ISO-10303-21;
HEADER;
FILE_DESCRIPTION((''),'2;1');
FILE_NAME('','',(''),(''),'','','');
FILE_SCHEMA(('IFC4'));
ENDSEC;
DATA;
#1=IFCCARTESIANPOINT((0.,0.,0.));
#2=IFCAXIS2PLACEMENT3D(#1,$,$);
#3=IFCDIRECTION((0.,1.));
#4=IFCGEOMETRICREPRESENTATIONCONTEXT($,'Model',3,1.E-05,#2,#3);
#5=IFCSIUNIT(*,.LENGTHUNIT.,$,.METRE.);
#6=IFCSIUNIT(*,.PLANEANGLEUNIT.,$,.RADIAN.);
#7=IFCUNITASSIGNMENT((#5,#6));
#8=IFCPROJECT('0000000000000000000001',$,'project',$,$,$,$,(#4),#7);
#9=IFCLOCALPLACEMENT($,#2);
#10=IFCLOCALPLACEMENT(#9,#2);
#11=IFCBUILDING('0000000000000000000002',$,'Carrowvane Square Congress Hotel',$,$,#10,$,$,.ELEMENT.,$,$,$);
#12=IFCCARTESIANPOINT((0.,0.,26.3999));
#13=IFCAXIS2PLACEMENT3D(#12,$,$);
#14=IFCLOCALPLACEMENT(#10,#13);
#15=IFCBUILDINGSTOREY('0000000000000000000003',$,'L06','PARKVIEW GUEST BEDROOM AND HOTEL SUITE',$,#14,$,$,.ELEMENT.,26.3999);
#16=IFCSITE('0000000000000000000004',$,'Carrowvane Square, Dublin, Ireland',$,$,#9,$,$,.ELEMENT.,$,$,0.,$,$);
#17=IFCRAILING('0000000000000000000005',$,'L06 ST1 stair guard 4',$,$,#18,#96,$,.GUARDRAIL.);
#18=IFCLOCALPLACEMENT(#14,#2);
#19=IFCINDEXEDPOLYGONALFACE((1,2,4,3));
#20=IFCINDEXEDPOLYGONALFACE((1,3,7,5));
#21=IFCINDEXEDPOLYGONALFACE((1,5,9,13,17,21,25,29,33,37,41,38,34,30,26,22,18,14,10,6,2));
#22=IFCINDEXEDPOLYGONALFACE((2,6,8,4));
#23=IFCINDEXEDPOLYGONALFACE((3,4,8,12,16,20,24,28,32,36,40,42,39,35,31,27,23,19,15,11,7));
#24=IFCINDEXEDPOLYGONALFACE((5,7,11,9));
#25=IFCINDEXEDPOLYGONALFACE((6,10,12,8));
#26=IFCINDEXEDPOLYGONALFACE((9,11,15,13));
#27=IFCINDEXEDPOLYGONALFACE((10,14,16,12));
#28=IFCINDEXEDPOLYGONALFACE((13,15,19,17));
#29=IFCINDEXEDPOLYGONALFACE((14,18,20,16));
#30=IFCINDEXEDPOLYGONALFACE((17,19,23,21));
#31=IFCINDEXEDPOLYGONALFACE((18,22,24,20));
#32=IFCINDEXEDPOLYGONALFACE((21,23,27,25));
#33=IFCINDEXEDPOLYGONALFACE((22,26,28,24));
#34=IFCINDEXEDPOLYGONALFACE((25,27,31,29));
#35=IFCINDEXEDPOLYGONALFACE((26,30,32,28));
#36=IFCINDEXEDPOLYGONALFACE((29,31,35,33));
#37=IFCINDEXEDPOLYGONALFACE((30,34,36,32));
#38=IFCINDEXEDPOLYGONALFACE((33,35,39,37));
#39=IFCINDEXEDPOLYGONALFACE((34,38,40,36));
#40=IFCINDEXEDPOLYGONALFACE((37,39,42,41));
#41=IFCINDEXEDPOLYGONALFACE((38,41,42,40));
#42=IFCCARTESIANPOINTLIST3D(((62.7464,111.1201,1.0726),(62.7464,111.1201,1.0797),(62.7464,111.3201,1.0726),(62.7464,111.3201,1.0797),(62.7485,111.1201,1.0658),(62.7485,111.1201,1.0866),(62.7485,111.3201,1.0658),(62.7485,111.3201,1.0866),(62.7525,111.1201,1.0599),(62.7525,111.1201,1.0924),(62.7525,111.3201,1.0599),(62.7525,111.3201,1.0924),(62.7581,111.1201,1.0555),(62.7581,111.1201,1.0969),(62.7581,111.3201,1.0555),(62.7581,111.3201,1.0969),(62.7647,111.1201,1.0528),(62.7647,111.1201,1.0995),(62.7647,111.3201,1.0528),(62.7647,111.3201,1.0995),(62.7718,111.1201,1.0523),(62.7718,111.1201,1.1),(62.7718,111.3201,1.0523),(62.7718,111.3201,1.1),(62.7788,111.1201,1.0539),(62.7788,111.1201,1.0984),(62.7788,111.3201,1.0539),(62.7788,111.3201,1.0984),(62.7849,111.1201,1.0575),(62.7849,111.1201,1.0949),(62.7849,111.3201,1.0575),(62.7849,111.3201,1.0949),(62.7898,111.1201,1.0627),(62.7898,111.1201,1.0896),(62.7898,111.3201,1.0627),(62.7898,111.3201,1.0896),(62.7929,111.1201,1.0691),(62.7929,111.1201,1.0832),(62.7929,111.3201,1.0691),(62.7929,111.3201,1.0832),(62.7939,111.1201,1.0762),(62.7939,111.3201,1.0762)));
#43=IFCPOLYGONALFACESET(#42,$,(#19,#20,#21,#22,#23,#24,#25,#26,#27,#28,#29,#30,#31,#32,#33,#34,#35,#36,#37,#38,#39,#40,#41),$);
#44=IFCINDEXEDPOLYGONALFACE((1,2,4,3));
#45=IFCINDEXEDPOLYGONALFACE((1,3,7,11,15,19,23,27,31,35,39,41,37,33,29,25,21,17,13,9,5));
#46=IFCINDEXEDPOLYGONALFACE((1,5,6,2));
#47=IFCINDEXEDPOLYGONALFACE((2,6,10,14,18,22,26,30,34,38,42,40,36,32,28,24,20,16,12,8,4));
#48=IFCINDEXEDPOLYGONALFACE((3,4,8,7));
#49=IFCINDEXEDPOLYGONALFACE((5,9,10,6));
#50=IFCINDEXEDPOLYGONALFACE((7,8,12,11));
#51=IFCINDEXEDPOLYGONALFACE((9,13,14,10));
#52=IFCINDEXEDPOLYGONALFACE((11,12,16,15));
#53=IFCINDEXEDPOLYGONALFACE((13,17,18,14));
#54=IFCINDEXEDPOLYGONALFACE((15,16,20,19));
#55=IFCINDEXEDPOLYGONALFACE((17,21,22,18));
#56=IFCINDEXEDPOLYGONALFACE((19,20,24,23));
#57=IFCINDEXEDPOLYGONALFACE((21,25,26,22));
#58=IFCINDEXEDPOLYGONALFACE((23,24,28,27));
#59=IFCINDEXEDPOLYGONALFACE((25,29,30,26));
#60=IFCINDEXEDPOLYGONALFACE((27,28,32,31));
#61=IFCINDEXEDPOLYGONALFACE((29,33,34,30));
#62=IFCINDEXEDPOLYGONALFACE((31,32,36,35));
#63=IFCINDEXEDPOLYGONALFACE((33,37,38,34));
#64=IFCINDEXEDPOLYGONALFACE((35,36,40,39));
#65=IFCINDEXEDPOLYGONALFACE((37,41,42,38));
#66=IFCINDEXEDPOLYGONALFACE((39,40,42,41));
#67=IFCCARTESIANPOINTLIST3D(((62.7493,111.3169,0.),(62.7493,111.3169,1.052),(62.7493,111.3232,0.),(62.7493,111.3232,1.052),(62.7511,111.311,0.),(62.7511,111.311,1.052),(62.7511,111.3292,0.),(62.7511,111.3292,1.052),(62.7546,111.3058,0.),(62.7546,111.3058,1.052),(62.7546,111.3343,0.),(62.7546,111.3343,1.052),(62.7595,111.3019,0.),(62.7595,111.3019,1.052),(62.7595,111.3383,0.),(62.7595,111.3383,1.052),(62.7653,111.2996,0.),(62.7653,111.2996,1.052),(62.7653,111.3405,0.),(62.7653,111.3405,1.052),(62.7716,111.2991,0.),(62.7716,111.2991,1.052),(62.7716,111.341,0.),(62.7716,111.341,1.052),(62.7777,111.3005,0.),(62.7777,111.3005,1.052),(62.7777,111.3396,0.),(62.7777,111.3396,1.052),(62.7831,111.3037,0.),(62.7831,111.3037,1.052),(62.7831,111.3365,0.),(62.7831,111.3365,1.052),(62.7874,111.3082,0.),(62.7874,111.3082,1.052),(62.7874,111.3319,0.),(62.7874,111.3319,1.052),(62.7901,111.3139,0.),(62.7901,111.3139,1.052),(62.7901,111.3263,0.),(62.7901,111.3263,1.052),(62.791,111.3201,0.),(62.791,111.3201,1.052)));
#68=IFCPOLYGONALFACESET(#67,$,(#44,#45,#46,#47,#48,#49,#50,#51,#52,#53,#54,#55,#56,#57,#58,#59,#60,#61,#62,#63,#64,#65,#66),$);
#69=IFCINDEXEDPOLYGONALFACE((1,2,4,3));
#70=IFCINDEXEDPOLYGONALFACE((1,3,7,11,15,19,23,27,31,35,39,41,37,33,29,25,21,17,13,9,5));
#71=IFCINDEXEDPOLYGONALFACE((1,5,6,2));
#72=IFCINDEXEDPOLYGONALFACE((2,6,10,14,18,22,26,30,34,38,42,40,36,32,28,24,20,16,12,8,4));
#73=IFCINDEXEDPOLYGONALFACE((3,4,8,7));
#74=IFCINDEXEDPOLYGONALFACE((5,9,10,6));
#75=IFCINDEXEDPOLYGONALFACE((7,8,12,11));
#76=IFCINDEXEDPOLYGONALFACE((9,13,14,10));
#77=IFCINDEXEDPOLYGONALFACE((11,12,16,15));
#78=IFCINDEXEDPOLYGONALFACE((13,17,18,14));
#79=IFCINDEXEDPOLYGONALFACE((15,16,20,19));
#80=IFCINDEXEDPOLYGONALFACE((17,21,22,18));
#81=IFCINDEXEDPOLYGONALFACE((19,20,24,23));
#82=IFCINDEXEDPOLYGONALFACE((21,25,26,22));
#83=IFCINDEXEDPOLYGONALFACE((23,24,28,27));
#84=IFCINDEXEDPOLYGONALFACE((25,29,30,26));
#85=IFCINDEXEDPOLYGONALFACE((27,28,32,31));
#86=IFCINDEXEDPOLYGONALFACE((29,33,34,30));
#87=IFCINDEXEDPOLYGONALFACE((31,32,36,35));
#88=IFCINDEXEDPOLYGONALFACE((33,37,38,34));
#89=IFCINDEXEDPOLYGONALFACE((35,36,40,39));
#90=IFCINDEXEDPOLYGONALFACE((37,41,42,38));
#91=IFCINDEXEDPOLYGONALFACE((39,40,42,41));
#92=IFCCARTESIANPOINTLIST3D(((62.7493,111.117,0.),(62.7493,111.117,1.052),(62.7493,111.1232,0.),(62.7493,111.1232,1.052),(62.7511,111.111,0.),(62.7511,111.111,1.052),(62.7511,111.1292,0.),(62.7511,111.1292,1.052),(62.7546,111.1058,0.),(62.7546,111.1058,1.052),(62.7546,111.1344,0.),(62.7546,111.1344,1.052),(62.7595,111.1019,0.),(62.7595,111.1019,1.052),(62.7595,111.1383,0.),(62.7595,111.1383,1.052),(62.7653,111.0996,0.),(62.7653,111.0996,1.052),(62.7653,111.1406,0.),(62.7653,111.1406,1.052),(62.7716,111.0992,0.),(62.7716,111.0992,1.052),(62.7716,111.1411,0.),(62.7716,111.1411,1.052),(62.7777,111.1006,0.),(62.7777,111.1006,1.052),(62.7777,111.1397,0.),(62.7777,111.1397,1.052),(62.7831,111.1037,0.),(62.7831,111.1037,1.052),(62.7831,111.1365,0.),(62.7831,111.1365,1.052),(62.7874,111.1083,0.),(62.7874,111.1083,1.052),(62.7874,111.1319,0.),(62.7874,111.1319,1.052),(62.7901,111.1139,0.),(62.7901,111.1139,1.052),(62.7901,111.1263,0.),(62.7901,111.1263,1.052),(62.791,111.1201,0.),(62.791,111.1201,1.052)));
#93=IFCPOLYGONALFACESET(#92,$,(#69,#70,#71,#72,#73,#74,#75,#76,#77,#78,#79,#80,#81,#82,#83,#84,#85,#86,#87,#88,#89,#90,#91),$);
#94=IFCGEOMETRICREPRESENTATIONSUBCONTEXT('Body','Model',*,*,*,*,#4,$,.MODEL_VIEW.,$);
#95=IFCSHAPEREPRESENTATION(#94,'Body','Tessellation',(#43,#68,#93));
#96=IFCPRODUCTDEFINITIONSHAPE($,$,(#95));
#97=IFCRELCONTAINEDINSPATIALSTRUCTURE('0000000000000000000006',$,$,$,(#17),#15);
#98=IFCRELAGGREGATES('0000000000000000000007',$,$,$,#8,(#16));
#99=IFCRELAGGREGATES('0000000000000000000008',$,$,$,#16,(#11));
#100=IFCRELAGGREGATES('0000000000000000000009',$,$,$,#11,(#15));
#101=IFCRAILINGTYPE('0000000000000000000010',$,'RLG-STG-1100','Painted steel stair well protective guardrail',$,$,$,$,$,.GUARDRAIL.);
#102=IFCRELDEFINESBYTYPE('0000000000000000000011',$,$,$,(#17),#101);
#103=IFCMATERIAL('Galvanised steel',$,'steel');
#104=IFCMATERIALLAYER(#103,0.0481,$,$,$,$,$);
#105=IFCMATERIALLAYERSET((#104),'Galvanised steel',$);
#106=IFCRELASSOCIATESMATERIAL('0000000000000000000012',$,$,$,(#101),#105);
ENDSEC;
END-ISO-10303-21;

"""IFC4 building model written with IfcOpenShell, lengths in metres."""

from ifc_helpers import new_model, si_unit, direction, frame, origin, origin_2d, place, context, subcontext, project, spatial, circle, extrude, material, layer, layer_set, type_object, element, save


model = new_model("IFC4")

# Units and contexts
model_context = context("Model", 3, precision=1e-05, world=origin(), true_north=direction((0.0, 1.0)))
body_context = subcontext(model_context, "Body", "Model", "MODEL_VIEW")
ifc_project = project(units=[si_unit("LENGTHUNIT", "METRE"), si_unit("PLANEANGLEUNIT", "RADIAN")], contexts=[model_context])

# Site, building, storey
site_placement = place(None, origin())
site = spatial("IfcSite", under=ifc_project, at=site_placement, Name="Carrowvane Square, Dublin, Ireland", CompositionType="ELEMENT", RefElevation=0.0)
building_placement = place(site_placement, origin())
building = spatial("IfcBuilding", under=site, at=building_placement, Name="Carrowvane Square Congress Hotel", CompositionType="ELEMENT")
storey_placement = place(building_placement, frame((0.0, 0.0, 26.3999)))
storey = spatial("IfcBuildingStorey", under=building, at=storey_placement, Name="L06", Description="PARKVIEW GUEST BEDROOM AND HOTEL SUITE", CompositionType="ELEMENT", Elevation=26.3999)

# Railing
ifc_material_1 = material(Name="Galvanised steel", Category="steel")
ifc_layer_1 = layer(ifc_material_1, 0.0481)
ifc_layer_set_1 = layer_set([ifc_layer_1], Name="Galvanised steel")
railing_type_1 = type_object("IfcRailingType", Name="RLG-STG-1100", Description="Painted steel stair well protective guardrail", PredefinedType="GUARDRAIL", material=ifc_layer_set_1)
railing_1_placement = place(storey_placement, frame((62.77, 111.3201, 0.0)))
element("IfcRailing", 1, at=railing_1_placement, inside=storey, type_object=railing_type_1, Name="L06 ST1 stair guard 4", PredefinedType="GUARDRAIL", context=body_context, shape_type="SweptSolid", body=[
    extrude(circle(Radius=0.0239, at=origin_2d()), frame((0.0, 0.0, 1.0762), z_axis=(0.0, -1.0, 0.0), x_axis=(1.0, 0.0, 0.0)), (0.0, 0.0, 1.0), 0.2),
    extrude(circle(Radius=0.021, at=origin_2d()), origin(), (0.0, 0.0, 1.0), 1.052),
    extrude(circle(Radius=0.021, at=origin_2d()), frame((0.0, -0.2, 0.0)), (0.0, 0.0, 1.0), 1.052),
])

save(model, "model.ifc")
